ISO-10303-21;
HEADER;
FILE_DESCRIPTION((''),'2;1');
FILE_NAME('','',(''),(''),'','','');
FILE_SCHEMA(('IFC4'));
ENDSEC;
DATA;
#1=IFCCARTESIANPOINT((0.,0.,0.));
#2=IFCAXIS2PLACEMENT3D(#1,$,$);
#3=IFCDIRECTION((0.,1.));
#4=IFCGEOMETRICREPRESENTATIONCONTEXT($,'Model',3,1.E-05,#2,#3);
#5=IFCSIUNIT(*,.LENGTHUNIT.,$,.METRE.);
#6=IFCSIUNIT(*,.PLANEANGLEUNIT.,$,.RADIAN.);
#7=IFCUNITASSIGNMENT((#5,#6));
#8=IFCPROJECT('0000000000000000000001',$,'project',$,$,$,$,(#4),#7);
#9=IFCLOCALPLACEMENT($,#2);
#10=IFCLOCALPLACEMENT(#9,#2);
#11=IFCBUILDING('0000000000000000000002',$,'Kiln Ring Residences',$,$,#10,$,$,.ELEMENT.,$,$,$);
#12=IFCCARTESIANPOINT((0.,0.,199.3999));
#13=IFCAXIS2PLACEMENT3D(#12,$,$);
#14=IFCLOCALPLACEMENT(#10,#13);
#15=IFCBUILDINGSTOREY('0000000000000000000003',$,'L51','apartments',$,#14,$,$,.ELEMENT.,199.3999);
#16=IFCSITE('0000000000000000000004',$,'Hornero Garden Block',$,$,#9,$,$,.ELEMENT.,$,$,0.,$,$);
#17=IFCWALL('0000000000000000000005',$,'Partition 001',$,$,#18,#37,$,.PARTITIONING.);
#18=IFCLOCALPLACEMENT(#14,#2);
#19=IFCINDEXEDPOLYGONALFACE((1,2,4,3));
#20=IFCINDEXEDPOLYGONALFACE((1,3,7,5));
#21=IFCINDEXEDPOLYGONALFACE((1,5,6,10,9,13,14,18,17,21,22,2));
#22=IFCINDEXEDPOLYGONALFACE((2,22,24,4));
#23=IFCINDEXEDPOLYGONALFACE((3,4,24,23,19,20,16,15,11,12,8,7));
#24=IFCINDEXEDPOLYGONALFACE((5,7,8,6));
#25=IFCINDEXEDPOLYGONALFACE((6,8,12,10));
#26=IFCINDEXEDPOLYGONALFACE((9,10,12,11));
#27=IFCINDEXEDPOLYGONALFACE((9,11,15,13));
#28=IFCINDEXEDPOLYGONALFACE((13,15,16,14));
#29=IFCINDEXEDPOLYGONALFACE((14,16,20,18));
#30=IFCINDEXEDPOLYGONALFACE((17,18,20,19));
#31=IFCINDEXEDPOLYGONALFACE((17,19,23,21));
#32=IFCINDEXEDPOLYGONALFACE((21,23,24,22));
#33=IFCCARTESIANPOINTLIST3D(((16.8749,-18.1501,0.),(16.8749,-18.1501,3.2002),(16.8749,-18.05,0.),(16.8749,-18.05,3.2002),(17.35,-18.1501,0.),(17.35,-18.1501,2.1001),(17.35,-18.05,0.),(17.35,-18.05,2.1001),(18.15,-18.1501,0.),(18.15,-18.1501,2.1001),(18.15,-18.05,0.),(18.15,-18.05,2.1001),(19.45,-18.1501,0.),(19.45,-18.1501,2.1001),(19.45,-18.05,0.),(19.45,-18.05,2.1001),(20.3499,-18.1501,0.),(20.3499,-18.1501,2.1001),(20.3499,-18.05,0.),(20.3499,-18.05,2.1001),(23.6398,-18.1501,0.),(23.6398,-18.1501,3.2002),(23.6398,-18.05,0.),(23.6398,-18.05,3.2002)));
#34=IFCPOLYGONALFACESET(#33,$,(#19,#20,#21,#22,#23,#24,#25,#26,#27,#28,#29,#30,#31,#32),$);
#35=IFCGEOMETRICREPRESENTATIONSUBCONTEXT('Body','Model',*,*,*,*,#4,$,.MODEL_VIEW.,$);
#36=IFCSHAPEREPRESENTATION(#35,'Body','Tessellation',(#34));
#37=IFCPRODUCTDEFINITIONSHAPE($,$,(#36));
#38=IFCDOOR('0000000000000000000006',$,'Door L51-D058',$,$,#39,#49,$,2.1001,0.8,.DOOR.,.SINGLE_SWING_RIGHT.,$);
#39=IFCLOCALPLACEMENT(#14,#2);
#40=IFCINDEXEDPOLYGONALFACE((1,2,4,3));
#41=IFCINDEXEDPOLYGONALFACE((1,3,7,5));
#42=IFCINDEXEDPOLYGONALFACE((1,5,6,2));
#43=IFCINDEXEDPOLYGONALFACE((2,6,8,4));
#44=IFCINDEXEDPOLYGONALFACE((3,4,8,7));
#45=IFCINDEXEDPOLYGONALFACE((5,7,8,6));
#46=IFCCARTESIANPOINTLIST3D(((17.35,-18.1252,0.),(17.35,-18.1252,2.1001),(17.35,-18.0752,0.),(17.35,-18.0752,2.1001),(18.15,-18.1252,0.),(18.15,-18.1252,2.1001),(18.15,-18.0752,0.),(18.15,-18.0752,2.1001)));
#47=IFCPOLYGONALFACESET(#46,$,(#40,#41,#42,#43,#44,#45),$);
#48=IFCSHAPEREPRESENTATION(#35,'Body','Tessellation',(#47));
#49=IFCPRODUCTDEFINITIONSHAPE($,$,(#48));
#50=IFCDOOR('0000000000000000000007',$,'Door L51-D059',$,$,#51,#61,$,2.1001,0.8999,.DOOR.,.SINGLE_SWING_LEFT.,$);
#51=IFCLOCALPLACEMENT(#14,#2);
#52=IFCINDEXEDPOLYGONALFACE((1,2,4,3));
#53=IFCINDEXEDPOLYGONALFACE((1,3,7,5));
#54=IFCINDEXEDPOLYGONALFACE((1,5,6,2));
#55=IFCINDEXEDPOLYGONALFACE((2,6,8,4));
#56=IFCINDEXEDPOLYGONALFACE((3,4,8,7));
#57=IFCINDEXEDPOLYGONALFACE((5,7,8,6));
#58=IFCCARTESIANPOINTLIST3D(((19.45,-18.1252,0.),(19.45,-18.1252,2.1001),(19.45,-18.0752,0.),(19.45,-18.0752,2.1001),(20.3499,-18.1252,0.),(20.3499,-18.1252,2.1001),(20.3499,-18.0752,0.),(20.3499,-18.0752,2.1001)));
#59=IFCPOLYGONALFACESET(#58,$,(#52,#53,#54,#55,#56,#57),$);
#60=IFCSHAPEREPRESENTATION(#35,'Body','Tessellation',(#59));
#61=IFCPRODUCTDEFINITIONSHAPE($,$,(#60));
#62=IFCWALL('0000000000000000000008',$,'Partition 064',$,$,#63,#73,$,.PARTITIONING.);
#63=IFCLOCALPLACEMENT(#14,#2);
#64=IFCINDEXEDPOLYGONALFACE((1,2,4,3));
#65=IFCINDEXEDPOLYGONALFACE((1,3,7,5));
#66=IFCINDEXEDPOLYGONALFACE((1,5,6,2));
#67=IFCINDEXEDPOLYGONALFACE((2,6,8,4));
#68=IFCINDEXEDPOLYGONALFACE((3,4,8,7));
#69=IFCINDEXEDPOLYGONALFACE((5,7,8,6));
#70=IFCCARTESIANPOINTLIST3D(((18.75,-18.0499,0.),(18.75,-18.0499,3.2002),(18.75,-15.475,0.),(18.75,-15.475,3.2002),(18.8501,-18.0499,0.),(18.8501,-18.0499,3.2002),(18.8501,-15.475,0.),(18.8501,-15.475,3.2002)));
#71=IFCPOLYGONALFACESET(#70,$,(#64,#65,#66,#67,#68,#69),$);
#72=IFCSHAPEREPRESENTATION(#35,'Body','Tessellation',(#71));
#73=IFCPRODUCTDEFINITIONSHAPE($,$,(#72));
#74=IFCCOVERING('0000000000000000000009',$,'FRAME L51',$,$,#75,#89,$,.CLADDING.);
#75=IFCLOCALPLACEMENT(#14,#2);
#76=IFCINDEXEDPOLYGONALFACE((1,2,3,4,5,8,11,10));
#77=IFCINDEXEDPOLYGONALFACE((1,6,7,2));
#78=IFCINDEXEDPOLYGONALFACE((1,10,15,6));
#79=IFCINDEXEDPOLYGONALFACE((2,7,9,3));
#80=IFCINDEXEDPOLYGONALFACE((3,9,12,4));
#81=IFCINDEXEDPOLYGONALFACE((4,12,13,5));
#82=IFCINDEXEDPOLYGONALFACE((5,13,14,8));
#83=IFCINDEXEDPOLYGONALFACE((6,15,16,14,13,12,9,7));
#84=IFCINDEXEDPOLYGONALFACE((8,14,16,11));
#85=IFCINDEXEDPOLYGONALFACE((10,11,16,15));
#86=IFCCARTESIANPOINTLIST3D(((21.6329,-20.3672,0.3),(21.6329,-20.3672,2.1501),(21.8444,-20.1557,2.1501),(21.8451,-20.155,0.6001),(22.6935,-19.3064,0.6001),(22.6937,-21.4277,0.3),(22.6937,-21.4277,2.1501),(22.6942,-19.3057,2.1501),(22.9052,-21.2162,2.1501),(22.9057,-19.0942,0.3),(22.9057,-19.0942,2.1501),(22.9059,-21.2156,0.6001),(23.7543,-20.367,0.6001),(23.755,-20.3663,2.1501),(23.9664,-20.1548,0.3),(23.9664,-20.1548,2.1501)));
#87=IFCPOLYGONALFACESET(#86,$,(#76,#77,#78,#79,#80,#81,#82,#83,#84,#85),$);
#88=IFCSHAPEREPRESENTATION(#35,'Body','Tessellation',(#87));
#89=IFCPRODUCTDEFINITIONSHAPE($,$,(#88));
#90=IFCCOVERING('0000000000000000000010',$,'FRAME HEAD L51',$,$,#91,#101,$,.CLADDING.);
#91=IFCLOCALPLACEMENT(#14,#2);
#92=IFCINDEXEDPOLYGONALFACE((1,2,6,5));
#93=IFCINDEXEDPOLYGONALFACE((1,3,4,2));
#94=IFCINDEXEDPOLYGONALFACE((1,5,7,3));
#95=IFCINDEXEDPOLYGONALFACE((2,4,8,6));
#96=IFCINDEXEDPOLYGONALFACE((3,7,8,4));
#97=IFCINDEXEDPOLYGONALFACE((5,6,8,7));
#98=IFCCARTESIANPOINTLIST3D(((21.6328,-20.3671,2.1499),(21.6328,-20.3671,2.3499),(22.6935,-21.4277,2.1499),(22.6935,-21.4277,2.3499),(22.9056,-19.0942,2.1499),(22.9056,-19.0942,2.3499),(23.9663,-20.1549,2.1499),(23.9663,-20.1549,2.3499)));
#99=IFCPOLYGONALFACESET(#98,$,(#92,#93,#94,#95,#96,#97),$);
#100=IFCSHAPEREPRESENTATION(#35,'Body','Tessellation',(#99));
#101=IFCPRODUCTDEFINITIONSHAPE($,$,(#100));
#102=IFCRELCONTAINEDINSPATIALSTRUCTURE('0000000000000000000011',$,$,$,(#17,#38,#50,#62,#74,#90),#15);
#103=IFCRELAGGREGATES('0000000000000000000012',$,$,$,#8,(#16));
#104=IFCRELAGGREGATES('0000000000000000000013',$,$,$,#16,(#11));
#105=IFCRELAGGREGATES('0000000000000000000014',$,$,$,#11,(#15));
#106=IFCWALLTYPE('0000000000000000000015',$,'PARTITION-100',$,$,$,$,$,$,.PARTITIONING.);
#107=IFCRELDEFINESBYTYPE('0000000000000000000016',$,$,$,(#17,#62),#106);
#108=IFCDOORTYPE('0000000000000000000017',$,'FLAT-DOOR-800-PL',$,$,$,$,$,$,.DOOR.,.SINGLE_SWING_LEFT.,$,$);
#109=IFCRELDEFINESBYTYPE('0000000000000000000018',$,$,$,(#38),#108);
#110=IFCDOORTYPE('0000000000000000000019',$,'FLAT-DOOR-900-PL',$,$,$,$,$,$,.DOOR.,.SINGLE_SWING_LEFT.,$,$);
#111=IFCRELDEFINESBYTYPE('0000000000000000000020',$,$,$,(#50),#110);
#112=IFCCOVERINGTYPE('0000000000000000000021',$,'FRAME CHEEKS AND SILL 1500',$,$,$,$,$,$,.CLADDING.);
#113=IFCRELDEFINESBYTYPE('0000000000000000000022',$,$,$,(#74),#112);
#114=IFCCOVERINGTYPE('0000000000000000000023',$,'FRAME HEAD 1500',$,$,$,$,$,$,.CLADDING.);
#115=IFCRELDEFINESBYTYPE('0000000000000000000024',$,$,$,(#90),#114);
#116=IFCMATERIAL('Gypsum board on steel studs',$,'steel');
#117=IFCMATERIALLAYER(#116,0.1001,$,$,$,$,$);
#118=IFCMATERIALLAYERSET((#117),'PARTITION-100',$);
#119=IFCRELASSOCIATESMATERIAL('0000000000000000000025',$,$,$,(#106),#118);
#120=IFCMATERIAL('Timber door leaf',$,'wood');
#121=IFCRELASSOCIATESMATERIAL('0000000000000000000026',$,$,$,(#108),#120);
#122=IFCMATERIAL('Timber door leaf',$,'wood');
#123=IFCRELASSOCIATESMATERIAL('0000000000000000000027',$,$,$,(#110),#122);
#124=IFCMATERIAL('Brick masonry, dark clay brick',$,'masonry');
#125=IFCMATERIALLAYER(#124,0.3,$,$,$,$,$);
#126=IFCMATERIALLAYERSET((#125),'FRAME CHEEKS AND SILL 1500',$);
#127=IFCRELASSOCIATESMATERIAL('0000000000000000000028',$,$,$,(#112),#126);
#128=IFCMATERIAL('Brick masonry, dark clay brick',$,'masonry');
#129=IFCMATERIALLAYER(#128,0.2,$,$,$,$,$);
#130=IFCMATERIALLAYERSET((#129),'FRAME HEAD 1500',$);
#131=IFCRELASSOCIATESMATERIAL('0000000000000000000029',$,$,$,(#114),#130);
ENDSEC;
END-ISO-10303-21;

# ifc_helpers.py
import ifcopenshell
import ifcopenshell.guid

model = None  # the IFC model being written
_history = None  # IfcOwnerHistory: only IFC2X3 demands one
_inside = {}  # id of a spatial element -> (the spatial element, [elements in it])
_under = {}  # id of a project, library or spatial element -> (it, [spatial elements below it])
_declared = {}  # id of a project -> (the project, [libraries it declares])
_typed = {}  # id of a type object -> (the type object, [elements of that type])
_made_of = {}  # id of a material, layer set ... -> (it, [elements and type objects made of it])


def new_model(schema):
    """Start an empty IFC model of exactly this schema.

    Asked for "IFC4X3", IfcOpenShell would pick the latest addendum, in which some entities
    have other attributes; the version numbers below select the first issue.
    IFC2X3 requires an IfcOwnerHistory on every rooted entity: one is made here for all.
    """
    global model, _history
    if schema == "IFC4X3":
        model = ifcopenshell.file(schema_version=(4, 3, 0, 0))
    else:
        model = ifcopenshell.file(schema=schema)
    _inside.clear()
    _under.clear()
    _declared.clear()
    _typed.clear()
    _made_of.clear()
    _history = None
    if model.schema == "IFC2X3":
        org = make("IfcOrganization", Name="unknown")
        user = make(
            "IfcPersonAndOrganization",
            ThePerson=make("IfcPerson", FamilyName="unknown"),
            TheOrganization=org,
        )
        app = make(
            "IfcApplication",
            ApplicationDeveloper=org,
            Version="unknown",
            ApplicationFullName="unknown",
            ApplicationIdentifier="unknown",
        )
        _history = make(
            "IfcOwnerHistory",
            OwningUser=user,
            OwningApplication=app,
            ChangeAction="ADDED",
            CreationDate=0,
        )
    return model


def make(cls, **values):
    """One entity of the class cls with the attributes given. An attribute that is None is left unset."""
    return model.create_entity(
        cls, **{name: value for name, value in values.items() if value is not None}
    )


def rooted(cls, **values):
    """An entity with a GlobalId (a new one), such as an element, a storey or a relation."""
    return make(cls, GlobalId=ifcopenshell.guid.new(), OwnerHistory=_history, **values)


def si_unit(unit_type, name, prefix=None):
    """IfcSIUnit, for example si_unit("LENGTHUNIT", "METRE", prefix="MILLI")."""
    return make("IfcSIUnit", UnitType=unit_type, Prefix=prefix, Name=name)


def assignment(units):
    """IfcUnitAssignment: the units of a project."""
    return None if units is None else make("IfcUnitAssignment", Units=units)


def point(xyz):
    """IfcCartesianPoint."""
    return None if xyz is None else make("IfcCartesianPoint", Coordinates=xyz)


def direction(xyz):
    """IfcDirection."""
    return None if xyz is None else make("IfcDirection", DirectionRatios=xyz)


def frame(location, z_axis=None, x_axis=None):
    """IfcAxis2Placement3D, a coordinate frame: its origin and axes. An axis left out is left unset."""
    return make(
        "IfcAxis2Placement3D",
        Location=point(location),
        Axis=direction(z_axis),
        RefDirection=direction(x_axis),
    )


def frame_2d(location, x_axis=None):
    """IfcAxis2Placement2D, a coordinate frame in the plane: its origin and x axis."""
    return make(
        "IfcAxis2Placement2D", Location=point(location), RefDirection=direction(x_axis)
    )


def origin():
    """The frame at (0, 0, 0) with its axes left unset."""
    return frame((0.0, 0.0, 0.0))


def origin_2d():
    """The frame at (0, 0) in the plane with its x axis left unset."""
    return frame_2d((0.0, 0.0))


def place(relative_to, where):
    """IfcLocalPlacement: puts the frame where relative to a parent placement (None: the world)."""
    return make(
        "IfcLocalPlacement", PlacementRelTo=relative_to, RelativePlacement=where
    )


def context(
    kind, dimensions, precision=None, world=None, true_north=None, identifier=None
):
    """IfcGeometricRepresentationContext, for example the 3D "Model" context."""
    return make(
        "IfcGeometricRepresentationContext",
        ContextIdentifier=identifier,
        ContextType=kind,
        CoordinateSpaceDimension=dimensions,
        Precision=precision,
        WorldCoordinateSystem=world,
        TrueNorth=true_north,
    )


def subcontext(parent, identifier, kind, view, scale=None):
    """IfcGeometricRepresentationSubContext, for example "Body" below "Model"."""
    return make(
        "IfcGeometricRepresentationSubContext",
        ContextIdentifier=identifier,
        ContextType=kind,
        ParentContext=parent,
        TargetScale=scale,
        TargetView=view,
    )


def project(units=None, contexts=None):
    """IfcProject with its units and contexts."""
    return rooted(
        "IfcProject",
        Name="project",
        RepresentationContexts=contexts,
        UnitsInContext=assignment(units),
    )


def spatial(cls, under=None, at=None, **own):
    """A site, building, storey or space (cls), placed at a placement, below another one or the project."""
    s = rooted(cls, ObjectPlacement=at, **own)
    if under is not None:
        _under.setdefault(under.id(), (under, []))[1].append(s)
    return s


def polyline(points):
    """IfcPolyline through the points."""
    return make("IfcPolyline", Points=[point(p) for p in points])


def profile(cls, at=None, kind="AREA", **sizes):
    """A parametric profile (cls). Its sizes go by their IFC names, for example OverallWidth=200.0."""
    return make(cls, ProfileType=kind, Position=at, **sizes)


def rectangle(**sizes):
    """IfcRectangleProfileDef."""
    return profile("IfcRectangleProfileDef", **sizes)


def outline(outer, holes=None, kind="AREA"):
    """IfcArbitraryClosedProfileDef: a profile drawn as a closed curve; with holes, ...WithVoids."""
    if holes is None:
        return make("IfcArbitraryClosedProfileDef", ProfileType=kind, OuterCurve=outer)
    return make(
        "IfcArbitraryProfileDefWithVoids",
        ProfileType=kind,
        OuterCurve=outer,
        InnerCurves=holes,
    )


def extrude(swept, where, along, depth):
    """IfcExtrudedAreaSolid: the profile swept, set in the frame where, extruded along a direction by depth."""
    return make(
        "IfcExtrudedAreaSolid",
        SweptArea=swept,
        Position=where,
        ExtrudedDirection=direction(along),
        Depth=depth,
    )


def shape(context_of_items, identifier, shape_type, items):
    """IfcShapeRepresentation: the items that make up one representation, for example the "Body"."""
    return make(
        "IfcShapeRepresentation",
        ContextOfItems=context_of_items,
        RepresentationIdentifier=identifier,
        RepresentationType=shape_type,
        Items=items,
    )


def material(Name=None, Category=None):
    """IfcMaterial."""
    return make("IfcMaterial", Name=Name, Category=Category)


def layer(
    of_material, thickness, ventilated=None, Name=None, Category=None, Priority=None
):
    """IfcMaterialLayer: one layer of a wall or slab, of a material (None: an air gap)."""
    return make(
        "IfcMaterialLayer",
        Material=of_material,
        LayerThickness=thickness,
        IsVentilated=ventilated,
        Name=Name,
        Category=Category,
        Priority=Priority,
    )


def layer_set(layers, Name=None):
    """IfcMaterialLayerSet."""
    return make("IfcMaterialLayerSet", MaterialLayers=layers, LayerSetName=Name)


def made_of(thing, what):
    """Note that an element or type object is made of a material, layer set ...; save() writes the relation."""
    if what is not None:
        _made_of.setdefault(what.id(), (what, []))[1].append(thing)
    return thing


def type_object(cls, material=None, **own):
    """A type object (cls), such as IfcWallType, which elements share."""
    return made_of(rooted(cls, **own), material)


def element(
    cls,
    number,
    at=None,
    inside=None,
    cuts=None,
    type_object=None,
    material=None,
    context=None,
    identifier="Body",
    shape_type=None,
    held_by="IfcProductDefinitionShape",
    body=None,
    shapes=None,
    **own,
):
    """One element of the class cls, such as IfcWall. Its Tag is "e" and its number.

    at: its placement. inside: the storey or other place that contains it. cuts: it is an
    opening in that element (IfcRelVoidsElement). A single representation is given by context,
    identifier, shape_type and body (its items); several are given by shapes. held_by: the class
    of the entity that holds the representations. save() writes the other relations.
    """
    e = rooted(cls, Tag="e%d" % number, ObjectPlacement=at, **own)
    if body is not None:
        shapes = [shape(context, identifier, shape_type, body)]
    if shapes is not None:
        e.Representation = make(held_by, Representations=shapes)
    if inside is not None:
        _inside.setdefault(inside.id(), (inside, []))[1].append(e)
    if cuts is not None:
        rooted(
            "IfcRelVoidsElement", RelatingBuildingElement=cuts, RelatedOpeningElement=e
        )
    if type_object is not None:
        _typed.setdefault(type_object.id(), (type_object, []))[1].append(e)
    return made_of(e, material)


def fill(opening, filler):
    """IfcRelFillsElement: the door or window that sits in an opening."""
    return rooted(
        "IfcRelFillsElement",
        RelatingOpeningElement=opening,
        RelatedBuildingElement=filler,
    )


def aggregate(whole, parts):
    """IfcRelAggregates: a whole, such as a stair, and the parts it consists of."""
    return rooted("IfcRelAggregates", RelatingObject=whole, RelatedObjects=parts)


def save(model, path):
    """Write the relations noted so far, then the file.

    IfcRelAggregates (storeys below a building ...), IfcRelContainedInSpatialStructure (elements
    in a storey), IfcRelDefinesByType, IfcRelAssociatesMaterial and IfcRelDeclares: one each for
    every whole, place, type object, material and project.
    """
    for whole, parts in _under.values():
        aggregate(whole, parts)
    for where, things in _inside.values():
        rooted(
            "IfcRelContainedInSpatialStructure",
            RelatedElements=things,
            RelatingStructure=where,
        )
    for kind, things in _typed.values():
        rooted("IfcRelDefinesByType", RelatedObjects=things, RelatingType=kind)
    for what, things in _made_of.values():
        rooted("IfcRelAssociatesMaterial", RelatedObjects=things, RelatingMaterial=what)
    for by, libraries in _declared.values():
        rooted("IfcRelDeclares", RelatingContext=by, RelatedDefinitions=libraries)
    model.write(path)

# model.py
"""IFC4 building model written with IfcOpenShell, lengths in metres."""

from ifc_helpers import new_model, si_unit, direction, frame, frame_2d, origin, origin_2d, place, context, subcontext, project, spatial, polyline, rectangle, outline, extrude, material, layer, layer_set, type_object, element, fill, save


model = new_model("IFC4")

# Units and contexts
model_context = context("Model", 3, precision=1e-05, world=origin(), true_north=direction((0.0, 1.0)))
body_context = subcontext(model_context, "Body", "Model", "MODEL_VIEW")
ifc_project = project(units=[si_unit("LENGTHUNIT", "METRE"), si_unit("PLANEANGLEUNIT", "RADIAN")], contexts=[model_context])

# Site, building, storey
site_placement = place(None, origin())
site = spatial("IfcSite", under=ifc_project, at=site_placement, Name="Hornero Garden Block", CompositionType="ELEMENT", RefElevation=0.0)
building_placement = place(site_placement, origin())
building = spatial("IfcBuilding", under=site, at=building_placement, Name="Kiln Ring Residences", CompositionType="ELEMENT")
storey_placement = place(building_placement, frame((0.0, 0.0, 199.3999)))
storey = spatial("IfcBuildingStorey", under=building, at=storey_placement, Name="L51", Description="apartments", CompositionType="ELEMENT", Elevation=199.3999)

# Wall, openings, doors
ifc_material_1 = material(Name="Gypsum board on steel studs", Category="steel")
ifc_layer_1 = layer(ifc_material_1, 0.1001)
ifc_layer_set_1 = layer_set([ifc_layer_1], Name="PARTITION-100")
wall_type_1 = type_object("IfcWallType", Name="PARTITION-100", PredefinedType="PARTITIONING", material=ifc_layer_set_1)
wall_1_placement = place(storey_placement, frame((16.875, -18.1001, 0.0), z_axis=(0.0, 0.0, 1.0), x_axis=(1.0, 0.0, 0.0)))
wall_1 = element("IfcWall", 1, at=wall_1_placement, inside=storey, type_object=wall_type_1, Name="Partition 001", PredefinedType="PARTITIONING", context=body_context, shape_type="SweptSolid", body=[
    extrude(rectangle(XDim=6.7649, YDim=0.1001, at=frame_2d((3.3823, 0.0))), origin(), (0.0, 0.0, 1.0), 3.2002),
])
opening_1_placement = place(wall_1_placement, frame((0.4751, 0.0, 0.0)))
opening_1 = element("IfcOpeningElement", 2, at=opening_1_placement, cuts=wall_1, PredefinedType="OPENING", context=body_context, shape_type="SweptSolid", body=[
    extrude(rectangle(XDim=0.8, YDim=2.1001, at=frame_2d((0.3999, 1.05))), frame((0.0, 0.0601, 0.0), z_axis=(0.0, -1.0, 0.0), x_axis=(1.0, 0.0, 0.0)), (0.0, 0.0, 1.0), 0.1201),
])
opening_2_placement = place(wall_1_placement, frame((2.575, 0.0, 0.0)))
opening_2 = element("IfcOpeningElement", 3, at=opening_2_placement, cuts=wall_1, PredefinedType="OPENING", context=body_context, shape_type="SweptSolid", body=[
    extrude(rectangle(XDim=0.8999, YDim=2.1001, at=frame_2d((0.45, 1.05))), frame((0.0, 0.0601, 0.0), z_axis=(0.0, -1.0, 0.0), x_axis=(1.0, 0.0, 0.0)), (0.0, 0.0, 1.0), 0.1201),
])
ifc_material_2 = material(Name="Timber door leaf", Category="wood")
door_type_1 = type_object("IfcDoorType", Name="FLAT-DOOR-800-PL", OperationType="SINGLE_SWING_LEFT", PredefinedType="DOOR", material=ifc_material_2)
door_1_placement = place(opening_1_placement, origin())
door_1 = element("IfcDoor", 4, at=door_1_placement, inside=storey, type_object=door_type_1, Name="Door L51-D058", OperationType="SINGLE_SWING_RIGHT", OverallHeight=2.1001, OverallWidth=0.8, PredefinedType="DOOR", context=body_context, shape_type="SweptSolid", body=[
    extrude(rectangle(XDim=0.8, YDim=2.1001, at=frame_2d((0.3999, 1.05))), frame((0.0, 0.0249, 0.0), z_axis=(0.0, -1.0, 0.0), x_axis=(1.0, 0.0, 0.0)), (0.0, 0.0, 1.0), 0.05),
])
fill(opening_1, door_1)
ifc_material_3 = material(Name="Timber door leaf", Category="wood")
door_type_2 = type_object("IfcDoorType", Name="FLAT-DOOR-900-PL", OperationType="SINGLE_SWING_LEFT", PredefinedType="DOOR", material=ifc_material_3)
door_2_placement = place(opening_2_placement, origin())
door_2 = element("IfcDoor", 5, at=door_2_placement, inside=storey, type_object=door_type_2, Name="Door L51-D059", OperationType="SINGLE_SWING_LEFT", OverallHeight=2.1001, OverallWidth=0.8999, PredefinedType="DOOR", context=body_context, shape_type="SweptSolid", body=[
    extrude(rectangle(XDim=0.8999, YDim=2.1001, at=frame_2d((0.45, 1.05))), frame((0.0, 0.0249, 0.0), z_axis=(0.0, -1.0, 0.0), x_axis=(1.0, 0.0, 0.0)), (0.0, 0.0, 1.0), 0.05),
])
fill(opening_2, door_2)

# Wall
wall_2_placement = place(storey_placement, frame((18.8, -18.05, 0.0), z_axis=(0.0, 0.0, 1.0), x_axis=(0.0, 1.0, 0.0)))
element("IfcWall", 6, at=wall_2_placement, inside=storey, type_object=wall_type_1, Name="Partition 064", PredefinedType="PARTITIONING", context=body_context, shape_type="SweptSolid", body=[
    extrude(rectangle(XDim=2.575, YDim=0.1001, at=frame_2d((1.2876, 0.0))), origin(), (0.0, 0.0, 1.0), 3.2002),
])

# Coverings
ifc_material_4 = material(Name="Brick masonry, dark clay brick", Category="masonry")
ifc_layer_2 = layer(ifc_material_4, 0.3)
ifc_layer_set_2 = layer_set([ifc_layer_2], Name="FRAME CHEEKS AND SILL 1500")
covering_type_1 = type_object("IfcCoveringType", Name="FRAME CHEEKS AND SILL 1500", PredefinedType="CLADDING", material=ifc_layer_set_2)
covering_1_placement = place(storey_placement, frame((22.1633, -20.8975, 0.3), z_axis=(0.0, 0.0, 1.0), x_axis=(0.707039, 0.707175, 0.0)))
element("IfcCovering", 7, at=covering_1_placement, inside=storey, type_object=covering_type_1, Name="FRAME L51", PredefinedType="CLADDING", context=body_context, shape_type="SweptSolid", body=[
    extrude(outline(polyline([(0.0, 0.0), (1.8, 0.0), (1.8, 1.8501), (1.501, 1.8501), (1.5, 0.3), (0.3, 0.3), (0.2991, 1.8501), (0.0, 1.8501), (0.0, 0.0)])), frame((0.0, 0.75, 0.0), z_axis=(0.0, -1.0, 0.0), x_axis=(1.0, 0.0, 0.0)), (0.0, 0.0, 1.0), 1.5),
])
ifc_material_5 = material(Name="Brick masonry, dark clay brick", Category="masonry")
ifc_layer_3 = layer(ifc_material_5, 0.2)
ifc_layer_set_3 = layer_set([ifc_layer_3], Name="FRAME HEAD 1500")
covering_type_2 = type_object("IfcCoveringType", Name="FRAME HEAD 1500", PredefinedType="CLADDING", material=ifc_layer_set_3)
covering_2_placement = place(storey_placement, frame((22.7996, -20.261, 2.1499), z_axis=(0.0, 0.0, 1.0), x_axis=(0.707107, 0.707107, 0.0)))
element("IfcCovering", 8, at=covering_2_placement, inside=storey, type_object=covering_type_2, Name="FRAME HEAD L51", PredefinedType="CLADDING", context=body_context, shape_type="SweptSolid", body=[
    extrude(rectangle(XDim=1.8, YDim=1.5, at=origin_2d()), origin(), (0.0, 0.0, 1.0), 0.2),
])

save(model, "model.ifc")
